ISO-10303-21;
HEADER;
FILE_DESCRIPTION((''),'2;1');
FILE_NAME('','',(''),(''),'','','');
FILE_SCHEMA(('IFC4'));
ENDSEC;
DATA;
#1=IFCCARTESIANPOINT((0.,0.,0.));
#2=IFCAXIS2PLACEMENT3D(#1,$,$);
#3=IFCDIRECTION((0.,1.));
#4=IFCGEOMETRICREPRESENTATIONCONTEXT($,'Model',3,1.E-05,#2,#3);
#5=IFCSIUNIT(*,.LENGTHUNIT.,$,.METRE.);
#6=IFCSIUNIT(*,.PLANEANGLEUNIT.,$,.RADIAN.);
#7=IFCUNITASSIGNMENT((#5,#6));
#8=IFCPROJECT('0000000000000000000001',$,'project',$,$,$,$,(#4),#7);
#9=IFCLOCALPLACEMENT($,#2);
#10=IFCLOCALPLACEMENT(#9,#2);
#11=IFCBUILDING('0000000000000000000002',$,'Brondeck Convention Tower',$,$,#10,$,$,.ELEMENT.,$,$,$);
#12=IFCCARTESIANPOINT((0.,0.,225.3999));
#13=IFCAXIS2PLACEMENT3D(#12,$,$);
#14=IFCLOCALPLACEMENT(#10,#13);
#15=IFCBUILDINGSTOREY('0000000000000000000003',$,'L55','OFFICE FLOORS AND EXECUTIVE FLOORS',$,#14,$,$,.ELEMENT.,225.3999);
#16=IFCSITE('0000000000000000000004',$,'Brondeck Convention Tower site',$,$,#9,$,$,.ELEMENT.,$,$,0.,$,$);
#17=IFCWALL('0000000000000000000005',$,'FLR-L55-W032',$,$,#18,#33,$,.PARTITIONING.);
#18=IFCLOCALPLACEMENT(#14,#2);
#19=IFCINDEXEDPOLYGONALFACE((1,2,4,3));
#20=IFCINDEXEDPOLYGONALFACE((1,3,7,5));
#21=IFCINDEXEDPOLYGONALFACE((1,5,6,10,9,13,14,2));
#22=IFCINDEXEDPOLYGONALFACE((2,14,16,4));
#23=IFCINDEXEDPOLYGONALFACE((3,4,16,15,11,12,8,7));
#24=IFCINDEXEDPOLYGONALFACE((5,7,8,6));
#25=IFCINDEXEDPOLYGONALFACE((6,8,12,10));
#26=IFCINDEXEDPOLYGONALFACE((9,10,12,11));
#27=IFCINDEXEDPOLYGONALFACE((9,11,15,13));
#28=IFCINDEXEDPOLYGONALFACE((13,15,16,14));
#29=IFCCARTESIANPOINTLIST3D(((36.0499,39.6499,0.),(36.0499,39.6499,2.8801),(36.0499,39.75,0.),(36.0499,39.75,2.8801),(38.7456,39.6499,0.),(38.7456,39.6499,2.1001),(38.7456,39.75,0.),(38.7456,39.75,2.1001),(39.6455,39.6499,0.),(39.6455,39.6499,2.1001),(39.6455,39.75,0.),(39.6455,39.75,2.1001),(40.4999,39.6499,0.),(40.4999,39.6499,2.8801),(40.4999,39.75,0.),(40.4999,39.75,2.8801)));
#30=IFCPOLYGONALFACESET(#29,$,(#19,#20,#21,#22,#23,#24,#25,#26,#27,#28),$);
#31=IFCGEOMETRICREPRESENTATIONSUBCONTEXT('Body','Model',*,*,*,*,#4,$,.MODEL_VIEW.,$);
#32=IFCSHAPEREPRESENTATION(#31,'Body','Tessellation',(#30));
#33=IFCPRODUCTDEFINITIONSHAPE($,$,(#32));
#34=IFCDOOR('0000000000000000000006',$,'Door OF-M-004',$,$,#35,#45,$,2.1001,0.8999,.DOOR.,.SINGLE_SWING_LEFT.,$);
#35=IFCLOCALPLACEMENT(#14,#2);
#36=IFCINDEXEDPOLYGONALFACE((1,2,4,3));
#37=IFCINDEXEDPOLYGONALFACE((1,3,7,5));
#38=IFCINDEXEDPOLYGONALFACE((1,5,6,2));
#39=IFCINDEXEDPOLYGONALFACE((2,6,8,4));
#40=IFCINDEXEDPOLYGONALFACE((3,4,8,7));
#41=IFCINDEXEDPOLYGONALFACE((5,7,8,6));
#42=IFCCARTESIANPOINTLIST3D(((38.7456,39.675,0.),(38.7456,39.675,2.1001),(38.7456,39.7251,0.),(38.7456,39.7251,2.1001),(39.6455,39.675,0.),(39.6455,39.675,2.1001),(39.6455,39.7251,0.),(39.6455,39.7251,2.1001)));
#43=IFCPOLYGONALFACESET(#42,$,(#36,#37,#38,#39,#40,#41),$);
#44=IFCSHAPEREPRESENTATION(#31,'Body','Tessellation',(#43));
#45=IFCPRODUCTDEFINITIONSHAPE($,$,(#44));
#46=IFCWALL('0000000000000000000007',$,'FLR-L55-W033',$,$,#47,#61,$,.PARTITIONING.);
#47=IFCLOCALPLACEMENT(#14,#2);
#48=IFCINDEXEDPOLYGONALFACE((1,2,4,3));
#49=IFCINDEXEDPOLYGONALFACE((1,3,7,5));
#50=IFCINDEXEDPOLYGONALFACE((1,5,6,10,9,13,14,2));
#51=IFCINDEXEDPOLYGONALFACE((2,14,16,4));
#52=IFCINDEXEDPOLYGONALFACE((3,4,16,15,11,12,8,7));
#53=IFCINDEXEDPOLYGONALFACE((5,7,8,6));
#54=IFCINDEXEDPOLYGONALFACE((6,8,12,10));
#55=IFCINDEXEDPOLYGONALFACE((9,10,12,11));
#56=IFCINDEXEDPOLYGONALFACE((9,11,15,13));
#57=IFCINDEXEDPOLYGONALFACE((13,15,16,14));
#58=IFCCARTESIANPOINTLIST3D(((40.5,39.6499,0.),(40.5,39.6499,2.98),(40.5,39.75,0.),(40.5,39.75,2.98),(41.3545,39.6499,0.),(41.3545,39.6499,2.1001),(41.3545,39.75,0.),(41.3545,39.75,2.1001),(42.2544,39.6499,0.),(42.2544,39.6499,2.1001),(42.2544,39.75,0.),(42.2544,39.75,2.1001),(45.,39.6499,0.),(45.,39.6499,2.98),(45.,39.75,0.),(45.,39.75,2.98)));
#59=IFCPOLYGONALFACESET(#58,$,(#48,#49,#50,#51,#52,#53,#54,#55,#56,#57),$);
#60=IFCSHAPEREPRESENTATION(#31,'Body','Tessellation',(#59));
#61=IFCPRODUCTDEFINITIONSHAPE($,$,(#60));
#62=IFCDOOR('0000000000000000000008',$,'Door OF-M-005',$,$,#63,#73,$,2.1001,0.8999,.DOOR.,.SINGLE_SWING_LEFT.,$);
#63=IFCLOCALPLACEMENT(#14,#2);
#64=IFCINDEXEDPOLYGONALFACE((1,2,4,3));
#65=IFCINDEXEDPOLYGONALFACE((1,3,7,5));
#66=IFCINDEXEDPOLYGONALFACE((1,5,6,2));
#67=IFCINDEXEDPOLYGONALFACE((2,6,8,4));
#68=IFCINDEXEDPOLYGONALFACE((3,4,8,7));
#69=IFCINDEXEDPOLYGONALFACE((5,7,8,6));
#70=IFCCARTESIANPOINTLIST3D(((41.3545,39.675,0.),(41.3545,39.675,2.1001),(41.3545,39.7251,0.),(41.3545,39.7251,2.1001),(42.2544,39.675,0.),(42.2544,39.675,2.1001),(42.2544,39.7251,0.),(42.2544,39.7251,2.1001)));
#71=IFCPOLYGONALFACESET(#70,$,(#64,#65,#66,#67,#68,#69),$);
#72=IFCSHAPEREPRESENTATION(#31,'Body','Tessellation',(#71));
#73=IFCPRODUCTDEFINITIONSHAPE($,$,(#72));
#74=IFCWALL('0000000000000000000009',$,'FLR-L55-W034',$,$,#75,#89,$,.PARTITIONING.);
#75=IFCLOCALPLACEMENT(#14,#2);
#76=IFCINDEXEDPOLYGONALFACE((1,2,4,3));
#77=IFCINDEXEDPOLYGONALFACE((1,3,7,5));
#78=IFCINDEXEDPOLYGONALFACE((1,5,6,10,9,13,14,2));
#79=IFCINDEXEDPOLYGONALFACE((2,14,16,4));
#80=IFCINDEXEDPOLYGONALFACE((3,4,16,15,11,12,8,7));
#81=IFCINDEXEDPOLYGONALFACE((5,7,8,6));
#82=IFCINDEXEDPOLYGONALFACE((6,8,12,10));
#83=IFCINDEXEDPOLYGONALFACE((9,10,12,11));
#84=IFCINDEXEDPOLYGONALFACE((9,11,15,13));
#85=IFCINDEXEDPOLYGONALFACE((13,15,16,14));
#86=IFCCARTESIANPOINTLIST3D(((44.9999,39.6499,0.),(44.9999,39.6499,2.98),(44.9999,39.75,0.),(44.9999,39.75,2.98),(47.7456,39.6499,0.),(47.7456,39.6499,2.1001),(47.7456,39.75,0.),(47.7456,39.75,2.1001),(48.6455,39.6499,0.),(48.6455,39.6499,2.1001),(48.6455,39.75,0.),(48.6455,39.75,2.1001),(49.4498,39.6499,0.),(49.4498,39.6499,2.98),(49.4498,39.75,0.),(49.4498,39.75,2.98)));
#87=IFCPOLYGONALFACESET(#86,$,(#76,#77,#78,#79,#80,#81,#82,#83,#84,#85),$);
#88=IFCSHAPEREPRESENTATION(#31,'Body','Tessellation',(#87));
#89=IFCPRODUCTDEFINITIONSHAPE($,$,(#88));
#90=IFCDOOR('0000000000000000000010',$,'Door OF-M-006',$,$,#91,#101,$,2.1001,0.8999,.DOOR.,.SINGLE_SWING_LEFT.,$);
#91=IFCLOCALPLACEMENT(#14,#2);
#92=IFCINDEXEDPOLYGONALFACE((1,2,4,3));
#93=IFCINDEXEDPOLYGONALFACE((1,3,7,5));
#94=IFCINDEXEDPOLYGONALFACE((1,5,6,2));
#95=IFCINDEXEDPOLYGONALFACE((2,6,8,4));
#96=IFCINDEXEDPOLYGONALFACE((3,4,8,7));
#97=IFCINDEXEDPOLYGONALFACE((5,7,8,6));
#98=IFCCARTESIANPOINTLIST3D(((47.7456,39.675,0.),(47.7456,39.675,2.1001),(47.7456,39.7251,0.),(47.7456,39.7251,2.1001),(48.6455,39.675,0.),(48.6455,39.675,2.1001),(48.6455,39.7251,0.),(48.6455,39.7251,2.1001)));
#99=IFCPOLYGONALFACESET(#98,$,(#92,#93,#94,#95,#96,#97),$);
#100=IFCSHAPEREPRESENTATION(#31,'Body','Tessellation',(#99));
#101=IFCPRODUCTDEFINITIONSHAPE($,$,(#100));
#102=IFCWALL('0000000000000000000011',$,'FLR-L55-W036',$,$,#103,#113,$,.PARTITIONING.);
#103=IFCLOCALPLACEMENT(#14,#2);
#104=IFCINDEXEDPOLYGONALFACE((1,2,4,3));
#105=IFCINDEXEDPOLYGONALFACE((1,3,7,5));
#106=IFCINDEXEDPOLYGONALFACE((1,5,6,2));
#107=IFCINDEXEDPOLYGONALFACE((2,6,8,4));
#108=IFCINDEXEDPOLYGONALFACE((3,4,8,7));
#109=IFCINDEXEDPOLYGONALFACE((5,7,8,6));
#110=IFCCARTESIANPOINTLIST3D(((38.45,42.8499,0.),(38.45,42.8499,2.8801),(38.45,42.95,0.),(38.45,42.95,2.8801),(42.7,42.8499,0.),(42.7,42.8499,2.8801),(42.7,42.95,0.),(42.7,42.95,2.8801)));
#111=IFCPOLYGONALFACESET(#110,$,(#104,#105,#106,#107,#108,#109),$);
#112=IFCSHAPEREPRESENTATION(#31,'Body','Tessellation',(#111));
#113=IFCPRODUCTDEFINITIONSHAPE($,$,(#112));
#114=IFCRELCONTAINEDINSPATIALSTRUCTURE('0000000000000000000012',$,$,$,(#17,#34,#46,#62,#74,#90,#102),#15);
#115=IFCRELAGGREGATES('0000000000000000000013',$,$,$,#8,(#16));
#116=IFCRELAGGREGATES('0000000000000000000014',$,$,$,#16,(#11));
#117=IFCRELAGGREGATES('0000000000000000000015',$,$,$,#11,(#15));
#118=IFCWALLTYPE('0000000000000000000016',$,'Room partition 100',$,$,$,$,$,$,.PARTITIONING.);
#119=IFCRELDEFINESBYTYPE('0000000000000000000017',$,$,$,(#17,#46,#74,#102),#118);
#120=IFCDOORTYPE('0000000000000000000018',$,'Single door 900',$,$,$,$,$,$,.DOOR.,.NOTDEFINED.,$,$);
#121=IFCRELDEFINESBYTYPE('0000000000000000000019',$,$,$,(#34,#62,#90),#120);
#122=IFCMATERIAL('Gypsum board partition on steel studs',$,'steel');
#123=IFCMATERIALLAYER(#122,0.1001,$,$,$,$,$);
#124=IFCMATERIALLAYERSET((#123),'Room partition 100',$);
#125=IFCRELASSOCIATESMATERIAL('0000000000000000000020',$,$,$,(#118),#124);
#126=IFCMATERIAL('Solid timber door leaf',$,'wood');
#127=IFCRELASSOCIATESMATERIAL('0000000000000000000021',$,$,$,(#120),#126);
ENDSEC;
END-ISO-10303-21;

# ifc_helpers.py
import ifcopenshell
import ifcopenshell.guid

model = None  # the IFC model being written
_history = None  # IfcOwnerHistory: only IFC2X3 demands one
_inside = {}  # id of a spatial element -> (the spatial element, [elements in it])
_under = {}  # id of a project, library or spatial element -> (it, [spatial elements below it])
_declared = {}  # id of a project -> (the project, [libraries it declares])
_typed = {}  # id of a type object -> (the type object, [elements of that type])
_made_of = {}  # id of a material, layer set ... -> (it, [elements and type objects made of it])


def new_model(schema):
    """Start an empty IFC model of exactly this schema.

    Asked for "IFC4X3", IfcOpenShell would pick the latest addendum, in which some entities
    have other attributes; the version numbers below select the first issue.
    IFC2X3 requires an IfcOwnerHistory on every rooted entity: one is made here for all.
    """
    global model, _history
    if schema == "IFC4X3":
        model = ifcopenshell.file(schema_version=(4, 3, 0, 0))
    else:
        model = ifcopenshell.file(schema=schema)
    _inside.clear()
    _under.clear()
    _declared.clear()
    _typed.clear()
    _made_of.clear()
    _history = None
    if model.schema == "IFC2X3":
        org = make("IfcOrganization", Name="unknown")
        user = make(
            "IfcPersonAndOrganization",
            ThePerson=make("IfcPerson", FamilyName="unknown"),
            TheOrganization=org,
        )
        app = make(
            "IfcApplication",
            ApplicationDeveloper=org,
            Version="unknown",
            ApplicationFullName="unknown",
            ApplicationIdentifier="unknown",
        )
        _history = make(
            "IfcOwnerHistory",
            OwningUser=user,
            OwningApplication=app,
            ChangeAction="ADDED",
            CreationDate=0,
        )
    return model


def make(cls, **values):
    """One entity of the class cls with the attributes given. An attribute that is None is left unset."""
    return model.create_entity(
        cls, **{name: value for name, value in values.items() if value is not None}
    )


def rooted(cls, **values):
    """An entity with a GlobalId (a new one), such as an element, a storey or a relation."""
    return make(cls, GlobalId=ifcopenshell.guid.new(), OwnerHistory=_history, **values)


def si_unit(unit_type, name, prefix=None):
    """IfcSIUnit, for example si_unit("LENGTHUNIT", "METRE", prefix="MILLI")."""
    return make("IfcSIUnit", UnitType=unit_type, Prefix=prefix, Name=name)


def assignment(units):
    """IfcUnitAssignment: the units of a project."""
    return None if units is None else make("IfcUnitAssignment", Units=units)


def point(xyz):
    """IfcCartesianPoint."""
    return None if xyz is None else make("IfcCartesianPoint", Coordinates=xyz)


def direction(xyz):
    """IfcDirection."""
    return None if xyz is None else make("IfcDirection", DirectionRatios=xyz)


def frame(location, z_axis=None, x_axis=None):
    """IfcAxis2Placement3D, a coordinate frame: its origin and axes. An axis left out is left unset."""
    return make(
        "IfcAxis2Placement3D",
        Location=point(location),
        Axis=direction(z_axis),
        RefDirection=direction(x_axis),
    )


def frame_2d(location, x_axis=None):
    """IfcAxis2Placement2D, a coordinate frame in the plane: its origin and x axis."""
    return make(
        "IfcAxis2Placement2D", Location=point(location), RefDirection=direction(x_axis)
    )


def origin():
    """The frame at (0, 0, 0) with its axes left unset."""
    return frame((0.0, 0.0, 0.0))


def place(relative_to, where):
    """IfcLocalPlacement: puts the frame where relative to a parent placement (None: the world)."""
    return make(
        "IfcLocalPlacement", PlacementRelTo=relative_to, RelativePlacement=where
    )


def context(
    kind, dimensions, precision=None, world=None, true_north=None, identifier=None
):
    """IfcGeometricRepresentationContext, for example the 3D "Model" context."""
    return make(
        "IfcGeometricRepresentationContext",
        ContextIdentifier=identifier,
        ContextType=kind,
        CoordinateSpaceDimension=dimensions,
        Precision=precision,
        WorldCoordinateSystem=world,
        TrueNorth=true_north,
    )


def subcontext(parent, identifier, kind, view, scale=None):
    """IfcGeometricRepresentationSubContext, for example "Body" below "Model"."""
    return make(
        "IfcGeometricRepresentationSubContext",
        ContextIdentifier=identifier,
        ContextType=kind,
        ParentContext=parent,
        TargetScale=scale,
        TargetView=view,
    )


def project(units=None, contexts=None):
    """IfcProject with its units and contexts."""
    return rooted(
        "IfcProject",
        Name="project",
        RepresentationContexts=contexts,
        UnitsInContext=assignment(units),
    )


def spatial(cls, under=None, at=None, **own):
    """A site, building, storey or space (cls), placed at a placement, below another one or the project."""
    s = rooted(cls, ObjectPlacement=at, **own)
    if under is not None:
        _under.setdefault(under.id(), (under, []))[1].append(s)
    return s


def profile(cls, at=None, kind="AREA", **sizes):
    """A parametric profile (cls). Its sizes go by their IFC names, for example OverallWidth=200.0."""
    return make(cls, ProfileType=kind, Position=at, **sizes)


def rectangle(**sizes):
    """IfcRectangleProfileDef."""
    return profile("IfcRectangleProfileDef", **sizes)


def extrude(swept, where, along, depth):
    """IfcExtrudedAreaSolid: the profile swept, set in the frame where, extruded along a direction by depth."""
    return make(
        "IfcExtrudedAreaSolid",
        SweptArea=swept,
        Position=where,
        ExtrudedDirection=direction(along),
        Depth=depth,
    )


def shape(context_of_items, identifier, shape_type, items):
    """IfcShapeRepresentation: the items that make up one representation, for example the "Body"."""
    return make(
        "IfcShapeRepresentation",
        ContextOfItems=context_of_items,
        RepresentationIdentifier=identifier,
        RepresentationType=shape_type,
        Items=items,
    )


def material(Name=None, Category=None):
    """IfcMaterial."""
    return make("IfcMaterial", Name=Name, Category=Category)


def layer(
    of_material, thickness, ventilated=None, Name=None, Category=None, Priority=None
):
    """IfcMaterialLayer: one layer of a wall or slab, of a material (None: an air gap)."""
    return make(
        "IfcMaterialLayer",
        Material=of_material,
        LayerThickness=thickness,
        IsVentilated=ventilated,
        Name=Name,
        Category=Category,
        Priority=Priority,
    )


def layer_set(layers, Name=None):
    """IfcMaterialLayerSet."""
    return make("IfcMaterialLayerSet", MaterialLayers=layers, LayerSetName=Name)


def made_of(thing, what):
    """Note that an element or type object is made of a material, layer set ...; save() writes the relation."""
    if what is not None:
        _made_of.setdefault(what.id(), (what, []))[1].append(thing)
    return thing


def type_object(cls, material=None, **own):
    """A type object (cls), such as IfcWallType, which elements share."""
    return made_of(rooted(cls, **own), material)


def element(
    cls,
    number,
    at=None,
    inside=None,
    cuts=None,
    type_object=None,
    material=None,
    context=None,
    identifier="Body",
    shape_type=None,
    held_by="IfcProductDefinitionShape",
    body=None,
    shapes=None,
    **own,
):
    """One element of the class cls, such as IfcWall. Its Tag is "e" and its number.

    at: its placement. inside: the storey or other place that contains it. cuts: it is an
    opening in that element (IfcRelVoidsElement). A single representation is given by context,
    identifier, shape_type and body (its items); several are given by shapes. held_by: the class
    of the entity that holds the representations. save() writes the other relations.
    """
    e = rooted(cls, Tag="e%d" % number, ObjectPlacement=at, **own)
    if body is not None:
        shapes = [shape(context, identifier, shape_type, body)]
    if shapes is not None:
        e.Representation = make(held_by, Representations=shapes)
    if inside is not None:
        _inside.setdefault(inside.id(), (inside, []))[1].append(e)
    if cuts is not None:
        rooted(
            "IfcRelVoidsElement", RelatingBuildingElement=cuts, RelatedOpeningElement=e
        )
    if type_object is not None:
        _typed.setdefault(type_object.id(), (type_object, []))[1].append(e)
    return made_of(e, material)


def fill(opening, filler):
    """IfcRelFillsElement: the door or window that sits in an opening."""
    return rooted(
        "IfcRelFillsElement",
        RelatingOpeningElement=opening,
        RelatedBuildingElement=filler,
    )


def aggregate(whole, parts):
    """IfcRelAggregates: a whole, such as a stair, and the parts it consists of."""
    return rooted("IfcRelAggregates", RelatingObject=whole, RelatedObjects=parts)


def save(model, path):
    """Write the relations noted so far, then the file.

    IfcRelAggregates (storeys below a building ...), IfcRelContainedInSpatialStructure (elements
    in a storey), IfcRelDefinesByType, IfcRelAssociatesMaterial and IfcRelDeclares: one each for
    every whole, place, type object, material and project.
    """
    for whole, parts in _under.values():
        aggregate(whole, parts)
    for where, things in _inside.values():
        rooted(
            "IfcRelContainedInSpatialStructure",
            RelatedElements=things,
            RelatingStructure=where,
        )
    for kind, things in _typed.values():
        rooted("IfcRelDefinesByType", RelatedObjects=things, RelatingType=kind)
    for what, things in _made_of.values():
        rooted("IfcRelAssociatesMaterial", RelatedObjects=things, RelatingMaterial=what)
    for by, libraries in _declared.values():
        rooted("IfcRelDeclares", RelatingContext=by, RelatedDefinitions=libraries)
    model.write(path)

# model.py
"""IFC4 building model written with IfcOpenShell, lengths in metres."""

from ifc_helpers import new_model, si_unit, direction, frame, frame_2d, origin, place, context, subcontext, project, spatial, rectangle, extrude, material, layer, layer_set, type_object, element, fill, save


model = new_model("IFC4")

# Units and contexts
model_context = context("Model", 3, precision=1e-05, world=origin(), true_north=direction((0.0, 1.0)))
body_context = subcontext(model_context, "Body", "Model", "MODEL_VIEW")
ifc_project = project(units=[si_unit("LENGTHUNIT", "METRE"), si_unit("PLANEANGLEUNIT", "RADIAN")], contexts=[model_context])

# Site, building, storey
site_placement = place(None, origin())
site = spatial("IfcSite", under=ifc_project, at=site_placement, Name="Brondeck Convention Tower site", CompositionType="ELEMENT", RefElevation=0.0)
building_placement = place(site_placement, origin())
building = spatial("IfcBuilding", under=site, at=building_placement, Name="Brondeck Convention Tower", CompositionType="ELEMENT")
storey_placement = place(building_placement, frame((0.0, 0.0, 225.3999)))
storey = spatial("IfcBuildingStorey", under=building, at=storey_placement, Name="L55", Description="OFFICE FLOORS AND EXECUTIVE FLOORS", CompositionType="ELEMENT", Elevation=225.3999)

# Shared definitions
ifc_material_1 = material(Name="Gypsum board partition on steel studs", Category="steel")
ifc_layer_1 = layer(ifc_material_1, 0.1001)
ifc_layer_set_1 = layer_set([ifc_layer_1], Name="Room partition 100")
wall_type_1 = type_object("IfcWallType", Name="Room partition 100", PredefinedType="PARTITIONING", material=ifc_layer_set_1)

# Walls, openings, doors
wall_1_placement = place(storey_placement, frame((40.5, 39.7, 0.0), z_axis=(0.0, 0.0, 1.0), x_axis=(-1.0, 0.0, 0.0)))
wall_1 = element("IfcWall", 1, at=wall_1_placement, inside=storey, type_object=wall_type_1, Name="FLR-L55-W032", PredefinedType="PARTITIONING", context=body_context, shape_type="SweptSolid", body=[
    extrude(rectangle(XDim=4.45, YDim=0.1001, at=frame_2d((2.2251, 0.0))), origin(), (0.0, 0.0, 1.0), 2.8801),
])
opening_1_placement = place(wall_1_placement, frame((0.8545, 0.0, 0.0)))
opening_1 = element("IfcOpeningElement", 2, at=opening_1_placement, cuts=wall_1, PredefinedType="OPENING", context=body_context, shape_type="SweptSolid", body=[
    extrude(rectangle(XDim=0.8999, YDim=2.1001, at=frame_2d((0.45, 1.05))), frame((0.0, 0.0601, 0.0), z_axis=(0.0, -1.0, 0.0), x_axis=(1.0, 0.0, 0.0)), (0.0, 0.0, 1.0), 0.1201),
])
ifc_material_2 = material(Name="Solid timber door leaf", Category="wood")
door_type = type_object("IfcDoorType", Name="Single door 900", OperationType="NOTDEFINED", PredefinedType="DOOR", material=ifc_material_2)
door_1_placement = place(opening_1_placement, origin())
door_1 = element("IfcDoor", 3, at=door_1_placement, inside=storey, type_object=door_type, Name="Door OF-M-004", OperationType="SINGLE_SWING_LEFT", OverallHeight=2.1001, OverallWidth=0.8999, PredefinedType="DOOR", context=body_context, shape_type="SweptSolid", body=[
    extrude(rectangle(XDim=0.8999, YDim=2.1001, at=frame_2d((0.45, 1.05))), frame((0.0, 0.0249, 0.0), z_axis=(0.0, -1.0, 0.0), x_axis=(1.0, 0.0, 0.0)), (0.0, 0.0, 1.0), 0.05),
])
fill(opening_1, door_1)
wall_2_placement = place(storey_placement, frame((45.0, 39.7, 0.0), z_axis=(0.0, 0.0, 1.0), x_axis=(-1.0, 0.0, 0.0)))
wall_2 = element("IfcWall", 4, at=wall_2_placement, inside=storey, type_object=wall_type_1, Name="FLR-L55-W033", PredefinedType="PARTITIONING", context=body_context, shape_type="SweptSolid", body=[
    extrude(rectangle(XDim=4.5, YDim=0.1001, at=frame_2d((2.25, 0.0))), origin(), (0.0, 0.0, 1.0), 2.98),
])
opening_2_placement = place(wall_2_placement, frame((2.7456, 0.0, 0.0)))
opening_2 = element("IfcOpeningElement", 5, at=opening_2_placement, cuts=wall_2, PredefinedType="OPENING", context=body_context, shape_type="SweptSolid", body=[
    extrude(rectangle(XDim=0.8999, YDim=2.1001, at=frame_2d((0.45, 1.05))), frame((0.0, 0.0601, 0.0), z_axis=(0.0, -1.0, 0.0), x_axis=(1.0, 0.0, 0.0)), (0.0, 0.0, 1.0), 0.1201),
])
door_2_placement = place(opening_2_placement, origin())
door_2 = element("IfcDoor", 6, at=door_2_placement, inside=storey, type_object=door_type, Name="Door OF-M-005", OperationType="SINGLE_SWING_LEFT", OverallHeight=2.1001, OverallWidth=0.8999, PredefinedType="DOOR", context=body_context, shape_type="SweptSolid", body=[
    extrude(rectangle(XDim=0.8999, YDim=2.1001, at=frame_2d((0.45, 1.05))), frame((0.0, 0.0249, 0.0), z_axis=(0.0, -1.0, 0.0), x_axis=(1.0, 0.0, 0.0)), (0.0, 0.0, 1.0), 0.05),
])
fill(opening_2, door_2)
wall_3_placement = place(storey_placement, frame((49.45, 39.7, 0.0), z_axis=(0.0, 0.0, 1.0), x_axis=(-1.0, 0.0, 0.0)))
wall_3 = element("IfcWall", 7, at=wall_3_placement, inside=storey, type_object=wall_type_1, Name="FLR-L55-W034", PredefinedType="PARTITIONING", context=body_context, shape_type="SweptSolid", body=[
    extrude(rectangle(XDim=4.45, YDim=0.1001, at=frame_2d((2.2251, 0.0))), origin(), (0.0, 0.0, 1.0), 2.98),
])
opening_3_placement = place(wall_3_placement, frame((0.8044, 0.0, 0.0)))
opening_3 = element("IfcOpeningElement", 8, at=opening_3_placement, cuts=wall_3, PredefinedType="OPENING", context=body_context, shape_type="SweptSolid", body=[
    extrude(rectangle(XDim=0.8999, YDim=2.1001, at=frame_2d((0.45, 1.05))), frame((0.0, 0.0601, 0.0), z_axis=(0.0, -1.0, 0.0), x_axis=(1.0, 0.0, 0.0)), (0.0, 0.0, 1.0), 0.1201),
])
door_3_placement = place(opening_3_placement, origin())
door_3 = element("IfcDoor", 9, at=door_3_placement, inside=storey, type_object=door_type, Name="Door OF-M-006", OperationType="SINGLE_SWING_LEFT", OverallHeight=2.1001, OverallWidth=0.8999, PredefinedType="DOOR", context=body_context, shape_type="SweptSolid", body=[
    extrude(rectangle(XDim=0.8999, YDim=2.1001, at=frame_2d((0.45, 1.05))), frame((0.0, 0.0249, 0.0), z_axis=(0.0, -1.0, 0.0), x_axis=(1.0, 0.0, 0.0)), (0.0, 0.0, 1.0), 0.05),
])
fill(opening_3, door_3)

# Wall
wall_4_placement = place(storey_placement, frame((38.45, 42.8999, 0.0), z_axis=(0.0, 0.0, 1.0), x_axis=(1.0, 0.0, 0.0)))
element("IfcWall", 10, at=wall_4_placement, inside=storey, type_object=wall_type_1, Name="FLR-L55-W036", PredefinedType="PARTITIONING", context=body_context, shape_type="SweptSolid", body=[
    extrude(rectangle(XDim=4.25, YDim=0.1001, at=frame_2d((2.125, 0.0))), origin(), (0.0, 0.0, 1.0), 2.8801),
])

save(model, "model.ifc")
